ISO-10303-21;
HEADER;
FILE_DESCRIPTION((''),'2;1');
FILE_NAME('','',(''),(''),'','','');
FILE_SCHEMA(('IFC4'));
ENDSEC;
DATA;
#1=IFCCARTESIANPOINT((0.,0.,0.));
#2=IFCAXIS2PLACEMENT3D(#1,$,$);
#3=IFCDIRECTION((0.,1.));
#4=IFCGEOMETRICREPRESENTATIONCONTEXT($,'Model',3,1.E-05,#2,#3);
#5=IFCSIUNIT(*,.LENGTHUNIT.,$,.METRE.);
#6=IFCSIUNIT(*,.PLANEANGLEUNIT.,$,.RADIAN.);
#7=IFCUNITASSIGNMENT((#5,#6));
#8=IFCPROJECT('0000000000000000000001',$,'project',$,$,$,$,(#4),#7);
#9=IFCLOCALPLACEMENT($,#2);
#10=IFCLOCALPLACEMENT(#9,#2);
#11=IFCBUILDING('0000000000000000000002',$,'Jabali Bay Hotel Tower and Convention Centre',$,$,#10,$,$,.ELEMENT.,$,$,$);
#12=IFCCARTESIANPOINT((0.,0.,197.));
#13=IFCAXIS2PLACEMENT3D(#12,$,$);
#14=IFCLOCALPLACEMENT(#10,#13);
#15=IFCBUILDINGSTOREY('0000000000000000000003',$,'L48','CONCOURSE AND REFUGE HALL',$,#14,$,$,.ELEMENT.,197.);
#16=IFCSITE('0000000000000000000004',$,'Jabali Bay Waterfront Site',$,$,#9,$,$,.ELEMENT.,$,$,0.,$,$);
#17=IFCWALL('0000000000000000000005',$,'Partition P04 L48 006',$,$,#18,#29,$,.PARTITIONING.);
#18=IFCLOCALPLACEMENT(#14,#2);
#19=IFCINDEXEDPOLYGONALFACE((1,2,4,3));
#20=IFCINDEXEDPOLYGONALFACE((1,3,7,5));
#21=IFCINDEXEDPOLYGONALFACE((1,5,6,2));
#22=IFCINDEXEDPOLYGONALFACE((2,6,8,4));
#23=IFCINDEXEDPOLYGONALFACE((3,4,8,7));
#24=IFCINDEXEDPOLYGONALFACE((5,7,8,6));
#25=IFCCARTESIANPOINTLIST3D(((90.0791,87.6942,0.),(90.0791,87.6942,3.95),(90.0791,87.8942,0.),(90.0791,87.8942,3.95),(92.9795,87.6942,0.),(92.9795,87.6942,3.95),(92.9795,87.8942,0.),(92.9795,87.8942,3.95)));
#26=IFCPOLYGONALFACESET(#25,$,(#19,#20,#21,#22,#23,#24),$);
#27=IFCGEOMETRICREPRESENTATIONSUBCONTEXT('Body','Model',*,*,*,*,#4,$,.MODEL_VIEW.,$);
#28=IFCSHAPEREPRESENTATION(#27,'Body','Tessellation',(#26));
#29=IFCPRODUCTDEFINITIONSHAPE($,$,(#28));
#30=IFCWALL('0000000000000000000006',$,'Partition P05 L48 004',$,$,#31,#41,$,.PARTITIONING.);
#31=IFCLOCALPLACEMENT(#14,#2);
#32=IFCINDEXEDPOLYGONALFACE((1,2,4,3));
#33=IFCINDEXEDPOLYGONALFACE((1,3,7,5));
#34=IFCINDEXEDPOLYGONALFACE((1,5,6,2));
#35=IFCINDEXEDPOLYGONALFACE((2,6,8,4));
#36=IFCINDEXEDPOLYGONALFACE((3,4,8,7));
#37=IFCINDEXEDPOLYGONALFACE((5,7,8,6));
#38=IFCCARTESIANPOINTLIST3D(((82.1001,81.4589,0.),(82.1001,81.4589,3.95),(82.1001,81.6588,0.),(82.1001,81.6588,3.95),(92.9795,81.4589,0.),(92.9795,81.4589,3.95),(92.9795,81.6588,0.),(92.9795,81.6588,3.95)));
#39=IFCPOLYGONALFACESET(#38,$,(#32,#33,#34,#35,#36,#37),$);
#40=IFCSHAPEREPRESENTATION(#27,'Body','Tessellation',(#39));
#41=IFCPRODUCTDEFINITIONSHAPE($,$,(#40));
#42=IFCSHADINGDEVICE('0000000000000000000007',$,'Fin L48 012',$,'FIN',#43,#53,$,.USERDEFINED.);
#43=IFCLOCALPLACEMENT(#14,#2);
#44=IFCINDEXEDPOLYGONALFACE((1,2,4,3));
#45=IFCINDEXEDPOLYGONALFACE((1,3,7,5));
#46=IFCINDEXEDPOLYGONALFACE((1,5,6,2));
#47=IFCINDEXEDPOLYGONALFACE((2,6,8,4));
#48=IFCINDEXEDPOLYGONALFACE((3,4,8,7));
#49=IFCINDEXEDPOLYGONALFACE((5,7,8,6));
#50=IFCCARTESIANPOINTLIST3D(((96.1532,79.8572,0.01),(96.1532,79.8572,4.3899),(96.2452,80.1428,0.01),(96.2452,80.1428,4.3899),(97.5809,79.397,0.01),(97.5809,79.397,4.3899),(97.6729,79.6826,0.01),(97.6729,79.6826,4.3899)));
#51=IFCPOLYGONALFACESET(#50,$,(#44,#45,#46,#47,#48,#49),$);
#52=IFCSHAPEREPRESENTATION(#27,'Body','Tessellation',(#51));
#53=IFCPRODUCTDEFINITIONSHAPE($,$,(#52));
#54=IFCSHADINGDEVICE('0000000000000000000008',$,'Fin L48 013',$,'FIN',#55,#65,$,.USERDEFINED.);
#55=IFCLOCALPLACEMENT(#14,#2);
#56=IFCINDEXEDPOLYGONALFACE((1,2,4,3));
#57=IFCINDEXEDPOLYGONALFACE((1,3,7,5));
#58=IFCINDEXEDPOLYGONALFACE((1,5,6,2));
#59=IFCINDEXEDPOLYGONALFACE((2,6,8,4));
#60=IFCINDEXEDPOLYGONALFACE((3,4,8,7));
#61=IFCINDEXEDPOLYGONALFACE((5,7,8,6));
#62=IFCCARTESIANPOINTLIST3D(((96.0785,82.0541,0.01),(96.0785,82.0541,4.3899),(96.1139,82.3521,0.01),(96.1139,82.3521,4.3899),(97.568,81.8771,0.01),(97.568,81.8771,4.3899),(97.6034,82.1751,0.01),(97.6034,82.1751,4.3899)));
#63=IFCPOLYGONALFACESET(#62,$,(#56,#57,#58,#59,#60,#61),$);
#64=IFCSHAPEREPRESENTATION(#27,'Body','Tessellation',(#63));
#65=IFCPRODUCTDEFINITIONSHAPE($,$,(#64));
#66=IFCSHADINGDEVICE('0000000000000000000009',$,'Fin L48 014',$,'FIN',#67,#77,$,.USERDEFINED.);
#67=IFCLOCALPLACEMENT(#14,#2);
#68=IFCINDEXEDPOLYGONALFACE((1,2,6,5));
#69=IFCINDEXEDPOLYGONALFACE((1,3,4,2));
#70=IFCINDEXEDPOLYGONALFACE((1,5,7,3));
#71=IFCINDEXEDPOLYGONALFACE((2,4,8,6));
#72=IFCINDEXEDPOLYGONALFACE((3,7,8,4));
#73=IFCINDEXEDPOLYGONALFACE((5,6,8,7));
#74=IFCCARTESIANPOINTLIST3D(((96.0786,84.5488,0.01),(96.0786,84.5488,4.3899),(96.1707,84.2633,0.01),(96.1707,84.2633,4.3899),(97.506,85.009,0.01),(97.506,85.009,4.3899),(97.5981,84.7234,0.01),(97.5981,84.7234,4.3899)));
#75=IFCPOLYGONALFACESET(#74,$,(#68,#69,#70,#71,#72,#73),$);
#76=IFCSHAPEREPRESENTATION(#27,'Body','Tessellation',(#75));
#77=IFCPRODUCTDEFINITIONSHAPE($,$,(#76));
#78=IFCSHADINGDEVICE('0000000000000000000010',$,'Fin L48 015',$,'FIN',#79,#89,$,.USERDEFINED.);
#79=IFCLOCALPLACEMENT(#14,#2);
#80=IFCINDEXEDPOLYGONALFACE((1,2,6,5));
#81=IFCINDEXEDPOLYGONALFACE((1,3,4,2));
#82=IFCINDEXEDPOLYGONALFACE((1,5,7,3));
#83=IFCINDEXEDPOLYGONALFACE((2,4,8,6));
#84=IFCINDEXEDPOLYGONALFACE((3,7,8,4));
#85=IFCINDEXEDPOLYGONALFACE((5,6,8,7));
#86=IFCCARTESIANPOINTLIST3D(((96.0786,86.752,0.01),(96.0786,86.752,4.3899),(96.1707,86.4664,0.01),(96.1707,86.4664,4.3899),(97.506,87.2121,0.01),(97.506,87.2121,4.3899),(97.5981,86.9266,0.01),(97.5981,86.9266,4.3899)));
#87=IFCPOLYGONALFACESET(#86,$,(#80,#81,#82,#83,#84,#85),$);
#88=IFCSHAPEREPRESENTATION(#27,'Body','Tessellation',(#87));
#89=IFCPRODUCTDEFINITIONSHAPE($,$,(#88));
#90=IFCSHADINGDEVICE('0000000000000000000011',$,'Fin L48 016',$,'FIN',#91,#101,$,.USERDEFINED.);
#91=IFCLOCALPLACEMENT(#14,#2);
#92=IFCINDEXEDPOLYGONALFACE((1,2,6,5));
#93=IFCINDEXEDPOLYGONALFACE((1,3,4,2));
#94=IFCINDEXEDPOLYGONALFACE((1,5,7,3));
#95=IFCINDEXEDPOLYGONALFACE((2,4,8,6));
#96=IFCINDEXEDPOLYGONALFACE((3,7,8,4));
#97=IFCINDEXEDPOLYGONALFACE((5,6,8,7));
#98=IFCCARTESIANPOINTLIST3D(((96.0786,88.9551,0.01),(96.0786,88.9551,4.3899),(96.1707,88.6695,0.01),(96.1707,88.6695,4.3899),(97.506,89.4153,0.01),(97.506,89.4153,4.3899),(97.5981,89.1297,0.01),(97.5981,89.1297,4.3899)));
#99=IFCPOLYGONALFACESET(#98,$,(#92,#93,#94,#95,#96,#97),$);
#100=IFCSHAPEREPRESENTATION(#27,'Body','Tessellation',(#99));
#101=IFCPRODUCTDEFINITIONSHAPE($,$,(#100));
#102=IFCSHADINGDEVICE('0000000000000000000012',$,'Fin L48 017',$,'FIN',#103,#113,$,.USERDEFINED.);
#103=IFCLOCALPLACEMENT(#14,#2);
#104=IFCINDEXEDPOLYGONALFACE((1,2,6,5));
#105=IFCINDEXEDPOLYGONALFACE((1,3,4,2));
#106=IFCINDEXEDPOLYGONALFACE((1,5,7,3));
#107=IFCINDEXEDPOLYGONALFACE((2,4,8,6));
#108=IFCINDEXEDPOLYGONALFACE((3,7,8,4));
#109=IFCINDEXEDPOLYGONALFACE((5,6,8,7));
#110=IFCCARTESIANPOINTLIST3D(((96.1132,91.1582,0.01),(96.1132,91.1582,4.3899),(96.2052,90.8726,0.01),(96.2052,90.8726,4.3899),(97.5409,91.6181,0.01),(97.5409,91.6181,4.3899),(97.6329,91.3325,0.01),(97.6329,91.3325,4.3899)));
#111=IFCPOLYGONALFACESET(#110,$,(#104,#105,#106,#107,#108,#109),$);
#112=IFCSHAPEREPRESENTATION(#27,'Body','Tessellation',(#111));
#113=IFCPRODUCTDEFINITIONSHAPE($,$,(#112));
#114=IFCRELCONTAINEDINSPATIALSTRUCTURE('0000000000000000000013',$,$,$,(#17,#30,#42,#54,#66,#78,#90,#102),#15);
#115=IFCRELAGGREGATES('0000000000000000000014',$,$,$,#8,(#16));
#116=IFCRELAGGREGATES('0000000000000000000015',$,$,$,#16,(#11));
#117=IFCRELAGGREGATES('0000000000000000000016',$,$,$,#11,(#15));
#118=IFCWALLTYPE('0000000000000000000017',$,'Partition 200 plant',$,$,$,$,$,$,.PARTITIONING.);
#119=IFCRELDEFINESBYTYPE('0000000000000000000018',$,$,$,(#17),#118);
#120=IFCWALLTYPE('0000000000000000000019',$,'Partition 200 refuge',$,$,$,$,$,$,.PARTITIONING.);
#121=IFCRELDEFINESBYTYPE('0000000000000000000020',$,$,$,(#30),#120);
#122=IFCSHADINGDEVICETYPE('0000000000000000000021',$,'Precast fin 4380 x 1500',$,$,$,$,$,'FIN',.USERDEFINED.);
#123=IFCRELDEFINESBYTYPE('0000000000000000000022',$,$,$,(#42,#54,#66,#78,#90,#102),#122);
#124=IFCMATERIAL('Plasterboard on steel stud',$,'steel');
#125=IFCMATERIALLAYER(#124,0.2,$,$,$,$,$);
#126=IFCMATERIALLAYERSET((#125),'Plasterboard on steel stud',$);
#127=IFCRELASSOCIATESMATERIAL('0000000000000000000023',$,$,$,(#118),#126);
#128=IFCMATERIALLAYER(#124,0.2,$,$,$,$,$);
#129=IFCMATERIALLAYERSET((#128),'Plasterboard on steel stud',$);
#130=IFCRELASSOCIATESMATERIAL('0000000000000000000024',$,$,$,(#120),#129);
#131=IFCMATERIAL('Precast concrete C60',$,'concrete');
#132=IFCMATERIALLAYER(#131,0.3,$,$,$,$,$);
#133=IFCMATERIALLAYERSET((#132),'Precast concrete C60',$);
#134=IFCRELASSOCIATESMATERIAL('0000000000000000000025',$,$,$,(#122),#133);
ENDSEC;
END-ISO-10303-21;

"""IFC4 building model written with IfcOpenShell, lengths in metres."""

from ifc_helpers import new_model, si_unit, direction, frame, frame_2d, origin, place, context, subcontext, project, spatial, rectangle, extrude, material, layer, layer_set, type_object, element, save


model = new_model("IFC4")

# Units and contexts
model_context = context("Model", 3, precision=1e-05, world=origin(), true_north=direction((0.0, 1.0)))
body_context = subcontext(model_context, "Body", "Model", "MODEL_VIEW")
ifc_project = project(units=[si_unit("LENGTHUNIT", "METRE"), si_unit("PLANEANGLEUNIT", "RADIAN")], contexts=[model_context])

# Site, building, storey
site_placement = place(None, origin())
site = spatial("IfcSite", under=ifc_project, at=site_placement, Name="Jabali Bay Waterfront Site", CompositionType="ELEMENT", RefElevation=0.0)
building_placement = place(site_placement, origin())
building = spatial("IfcBuilding", under=site, at=building_placement, Name="Jabali Bay Hotel Tower and Convention Centre", CompositionType="ELEMENT")
storey_placement = place(building_placement, frame((0.0, 0.0, 197.0)))
storey = spatial("IfcBuildingStorey", under=building, at=storey_placement, Name="L48", Description="CONCOURSE AND REFUGE HALL", CompositionType="ELEMENT", Elevation=197.0)

# Walls
ifc_material_1 = material(Name="Plasterboard on steel stud", Category="steel")
ifc_layer_1 = layer(ifc_material_1, 0.2)
ifc_layer_set_1 = layer_set([ifc_layer_1], Name="Plasterboard on steel stud")
wall_type_1 = type_object("IfcWallType", Name="Partition 200 plant", PredefinedType="PARTITIONING", material=ifc_layer_set_1)
wall_1_placement = place(storey_placement, frame((90.0791, 87.7942, 0.0), z_axis=(0.0, 0.0, 1.0), x_axis=(1.0, 0.0, 0.0)))
element("IfcWall", 1, at=wall_1_placement, inside=storey, type_object=wall_type_1, Name="Partition P04 L48 006", PredefinedType="PARTITIONING", context=body_context, shape_type="SweptSolid", body=[
    extrude(rectangle(XDim=2.9004, YDim=0.2, at=frame_2d((1.4502, 0.0))), origin(), (0.0, 0.0, 1.0), 3.95),
])
ifc_layer_2 = layer(ifc_material_1, 0.2)
ifc_layer_set_2 = layer_set([ifc_layer_2], Name="Plasterboard on steel stud")
wall_type_2 = type_object("IfcWallType", Name="Partition 200 refuge", PredefinedType="PARTITIONING", material=ifc_layer_set_2)
wall_2_placement = place(storey_placement, frame((92.9795, 81.5588, 0.0), z_axis=(0.0, 0.0, 1.0), x_axis=(-1.0, 0.0, 0.0)))
element("IfcWall", 2, at=wall_2_placement, inside=storey, type_object=wall_type_2, Name="Partition P05 L48 004", PredefinedType="PARTITIONING", context=body_context, shape_type="SweptSolid", body=[
    extrude(rectangle(XDim=10.8794, YDim=0.2, at=frame_2d((5.4397, 0.0))), origin(), (0.0, 0.0, 1.0), 3.95),
])

# Shading devices
ifc_material_2 = material(Name="Precast concrete C60", Category="concrete")
ifc_layer_3 = layer(ifc_material_2, 0.3)
ifc_layer_set_3 = layer_set([ifc_layer_3], Name="Precast concrete C60")
shading_device_type = type_object("IfcShadingDeviceType", Name="Precast fin 4380 x 1500", ElementType="FIN", PredefinedType="USERDEFINED", material=ifc_layer_set_3)
for number, where, z_axis, x_axis, name in (
    (3, (96.1992, 80.0, 0.01), (0.0, 0.0, 1.0), (0.951778, -0.306789, 0.0), "Fin L48 012"),
    (4, (96.0962, 82.2031, 0.01), (0.0, 0.0, 1.0), (0.993013, -0.118003, 0.0), "Fin L48 013"),
):
    element("IfcShadingDevice", number, at=place(storey_placement, frame(where, z_axis=z_axis, x_axis=x_axis)), inside=storey, type_object=shading_device_type, Name=name, ObjectType="FIN", PredefinedType="USERDEFINED", context=body_context, shape_type="SweptSolid", body=[
        extrude(rectangle(XDim=1.5, YDim=0.3, at=frame_2d((0.75, 0.0))), origin(), (0.0, 0.0, 1.0), 4.3799),
    ])
for number, where, z_axis, x_axis, name in (
    (5, (96.1245, 84.406, 0.01), (0.0, 0.0, 1.0), (0.951762, 0.306836, 0.0), "Fin L48 014"),
    (6, (96.1245, 86.6091, 0.01), (0.0, 0.0, 1.0), (0.951762, 0.306836, 0.0), "Fin L48 015"),
    (7, (96.1245, 88.8123, 0.01), (0.0, 0.0, 1.0), (0.951762, 0.306836, 0.0), "Fin L48 016"),
):
    element("IfcShadingDevice", number, at=place(storey_placement, frame(where, z_axis=z_axis, x_axis=x_axis)), inside=storey, type_object=shading_device_type, Name=name, ObjectType="FIN", PredefinedType="USERDEFINED", context=body_context, shape_type="SweptSolid", body=[
        extrude(rectangle(XDim=1.4998, YDim=0.3, at=frame_2d((0.75, 0.0))), origin(), (0.0, 0.0, 1.0), 4.3799),
    ])
shading_device_placement = place(storey_placement, frame((96.1592, 91.0154, 0.01), z_axis=(0.0, 0.0, 1.0), x_axis=(0.951825, 0.306641, 0.0)))
element("IfcShadingDevice", 8, at=shading_device_placement, inside=storey, type_object=shading_device_type, Name="Fin L48 017", ObjectType="FIN", PredefinedType="USERDEFINED", context=body_context, shape_type="SweptSolid", body=[
    extrude(rectangle(XDim=1.5, YDim=0.3, at=frame_2d((0.75, 0.0))), origin(), (0.0, 0.0, 1.0), 4.3799),
])

save(model, "model.ifc")
